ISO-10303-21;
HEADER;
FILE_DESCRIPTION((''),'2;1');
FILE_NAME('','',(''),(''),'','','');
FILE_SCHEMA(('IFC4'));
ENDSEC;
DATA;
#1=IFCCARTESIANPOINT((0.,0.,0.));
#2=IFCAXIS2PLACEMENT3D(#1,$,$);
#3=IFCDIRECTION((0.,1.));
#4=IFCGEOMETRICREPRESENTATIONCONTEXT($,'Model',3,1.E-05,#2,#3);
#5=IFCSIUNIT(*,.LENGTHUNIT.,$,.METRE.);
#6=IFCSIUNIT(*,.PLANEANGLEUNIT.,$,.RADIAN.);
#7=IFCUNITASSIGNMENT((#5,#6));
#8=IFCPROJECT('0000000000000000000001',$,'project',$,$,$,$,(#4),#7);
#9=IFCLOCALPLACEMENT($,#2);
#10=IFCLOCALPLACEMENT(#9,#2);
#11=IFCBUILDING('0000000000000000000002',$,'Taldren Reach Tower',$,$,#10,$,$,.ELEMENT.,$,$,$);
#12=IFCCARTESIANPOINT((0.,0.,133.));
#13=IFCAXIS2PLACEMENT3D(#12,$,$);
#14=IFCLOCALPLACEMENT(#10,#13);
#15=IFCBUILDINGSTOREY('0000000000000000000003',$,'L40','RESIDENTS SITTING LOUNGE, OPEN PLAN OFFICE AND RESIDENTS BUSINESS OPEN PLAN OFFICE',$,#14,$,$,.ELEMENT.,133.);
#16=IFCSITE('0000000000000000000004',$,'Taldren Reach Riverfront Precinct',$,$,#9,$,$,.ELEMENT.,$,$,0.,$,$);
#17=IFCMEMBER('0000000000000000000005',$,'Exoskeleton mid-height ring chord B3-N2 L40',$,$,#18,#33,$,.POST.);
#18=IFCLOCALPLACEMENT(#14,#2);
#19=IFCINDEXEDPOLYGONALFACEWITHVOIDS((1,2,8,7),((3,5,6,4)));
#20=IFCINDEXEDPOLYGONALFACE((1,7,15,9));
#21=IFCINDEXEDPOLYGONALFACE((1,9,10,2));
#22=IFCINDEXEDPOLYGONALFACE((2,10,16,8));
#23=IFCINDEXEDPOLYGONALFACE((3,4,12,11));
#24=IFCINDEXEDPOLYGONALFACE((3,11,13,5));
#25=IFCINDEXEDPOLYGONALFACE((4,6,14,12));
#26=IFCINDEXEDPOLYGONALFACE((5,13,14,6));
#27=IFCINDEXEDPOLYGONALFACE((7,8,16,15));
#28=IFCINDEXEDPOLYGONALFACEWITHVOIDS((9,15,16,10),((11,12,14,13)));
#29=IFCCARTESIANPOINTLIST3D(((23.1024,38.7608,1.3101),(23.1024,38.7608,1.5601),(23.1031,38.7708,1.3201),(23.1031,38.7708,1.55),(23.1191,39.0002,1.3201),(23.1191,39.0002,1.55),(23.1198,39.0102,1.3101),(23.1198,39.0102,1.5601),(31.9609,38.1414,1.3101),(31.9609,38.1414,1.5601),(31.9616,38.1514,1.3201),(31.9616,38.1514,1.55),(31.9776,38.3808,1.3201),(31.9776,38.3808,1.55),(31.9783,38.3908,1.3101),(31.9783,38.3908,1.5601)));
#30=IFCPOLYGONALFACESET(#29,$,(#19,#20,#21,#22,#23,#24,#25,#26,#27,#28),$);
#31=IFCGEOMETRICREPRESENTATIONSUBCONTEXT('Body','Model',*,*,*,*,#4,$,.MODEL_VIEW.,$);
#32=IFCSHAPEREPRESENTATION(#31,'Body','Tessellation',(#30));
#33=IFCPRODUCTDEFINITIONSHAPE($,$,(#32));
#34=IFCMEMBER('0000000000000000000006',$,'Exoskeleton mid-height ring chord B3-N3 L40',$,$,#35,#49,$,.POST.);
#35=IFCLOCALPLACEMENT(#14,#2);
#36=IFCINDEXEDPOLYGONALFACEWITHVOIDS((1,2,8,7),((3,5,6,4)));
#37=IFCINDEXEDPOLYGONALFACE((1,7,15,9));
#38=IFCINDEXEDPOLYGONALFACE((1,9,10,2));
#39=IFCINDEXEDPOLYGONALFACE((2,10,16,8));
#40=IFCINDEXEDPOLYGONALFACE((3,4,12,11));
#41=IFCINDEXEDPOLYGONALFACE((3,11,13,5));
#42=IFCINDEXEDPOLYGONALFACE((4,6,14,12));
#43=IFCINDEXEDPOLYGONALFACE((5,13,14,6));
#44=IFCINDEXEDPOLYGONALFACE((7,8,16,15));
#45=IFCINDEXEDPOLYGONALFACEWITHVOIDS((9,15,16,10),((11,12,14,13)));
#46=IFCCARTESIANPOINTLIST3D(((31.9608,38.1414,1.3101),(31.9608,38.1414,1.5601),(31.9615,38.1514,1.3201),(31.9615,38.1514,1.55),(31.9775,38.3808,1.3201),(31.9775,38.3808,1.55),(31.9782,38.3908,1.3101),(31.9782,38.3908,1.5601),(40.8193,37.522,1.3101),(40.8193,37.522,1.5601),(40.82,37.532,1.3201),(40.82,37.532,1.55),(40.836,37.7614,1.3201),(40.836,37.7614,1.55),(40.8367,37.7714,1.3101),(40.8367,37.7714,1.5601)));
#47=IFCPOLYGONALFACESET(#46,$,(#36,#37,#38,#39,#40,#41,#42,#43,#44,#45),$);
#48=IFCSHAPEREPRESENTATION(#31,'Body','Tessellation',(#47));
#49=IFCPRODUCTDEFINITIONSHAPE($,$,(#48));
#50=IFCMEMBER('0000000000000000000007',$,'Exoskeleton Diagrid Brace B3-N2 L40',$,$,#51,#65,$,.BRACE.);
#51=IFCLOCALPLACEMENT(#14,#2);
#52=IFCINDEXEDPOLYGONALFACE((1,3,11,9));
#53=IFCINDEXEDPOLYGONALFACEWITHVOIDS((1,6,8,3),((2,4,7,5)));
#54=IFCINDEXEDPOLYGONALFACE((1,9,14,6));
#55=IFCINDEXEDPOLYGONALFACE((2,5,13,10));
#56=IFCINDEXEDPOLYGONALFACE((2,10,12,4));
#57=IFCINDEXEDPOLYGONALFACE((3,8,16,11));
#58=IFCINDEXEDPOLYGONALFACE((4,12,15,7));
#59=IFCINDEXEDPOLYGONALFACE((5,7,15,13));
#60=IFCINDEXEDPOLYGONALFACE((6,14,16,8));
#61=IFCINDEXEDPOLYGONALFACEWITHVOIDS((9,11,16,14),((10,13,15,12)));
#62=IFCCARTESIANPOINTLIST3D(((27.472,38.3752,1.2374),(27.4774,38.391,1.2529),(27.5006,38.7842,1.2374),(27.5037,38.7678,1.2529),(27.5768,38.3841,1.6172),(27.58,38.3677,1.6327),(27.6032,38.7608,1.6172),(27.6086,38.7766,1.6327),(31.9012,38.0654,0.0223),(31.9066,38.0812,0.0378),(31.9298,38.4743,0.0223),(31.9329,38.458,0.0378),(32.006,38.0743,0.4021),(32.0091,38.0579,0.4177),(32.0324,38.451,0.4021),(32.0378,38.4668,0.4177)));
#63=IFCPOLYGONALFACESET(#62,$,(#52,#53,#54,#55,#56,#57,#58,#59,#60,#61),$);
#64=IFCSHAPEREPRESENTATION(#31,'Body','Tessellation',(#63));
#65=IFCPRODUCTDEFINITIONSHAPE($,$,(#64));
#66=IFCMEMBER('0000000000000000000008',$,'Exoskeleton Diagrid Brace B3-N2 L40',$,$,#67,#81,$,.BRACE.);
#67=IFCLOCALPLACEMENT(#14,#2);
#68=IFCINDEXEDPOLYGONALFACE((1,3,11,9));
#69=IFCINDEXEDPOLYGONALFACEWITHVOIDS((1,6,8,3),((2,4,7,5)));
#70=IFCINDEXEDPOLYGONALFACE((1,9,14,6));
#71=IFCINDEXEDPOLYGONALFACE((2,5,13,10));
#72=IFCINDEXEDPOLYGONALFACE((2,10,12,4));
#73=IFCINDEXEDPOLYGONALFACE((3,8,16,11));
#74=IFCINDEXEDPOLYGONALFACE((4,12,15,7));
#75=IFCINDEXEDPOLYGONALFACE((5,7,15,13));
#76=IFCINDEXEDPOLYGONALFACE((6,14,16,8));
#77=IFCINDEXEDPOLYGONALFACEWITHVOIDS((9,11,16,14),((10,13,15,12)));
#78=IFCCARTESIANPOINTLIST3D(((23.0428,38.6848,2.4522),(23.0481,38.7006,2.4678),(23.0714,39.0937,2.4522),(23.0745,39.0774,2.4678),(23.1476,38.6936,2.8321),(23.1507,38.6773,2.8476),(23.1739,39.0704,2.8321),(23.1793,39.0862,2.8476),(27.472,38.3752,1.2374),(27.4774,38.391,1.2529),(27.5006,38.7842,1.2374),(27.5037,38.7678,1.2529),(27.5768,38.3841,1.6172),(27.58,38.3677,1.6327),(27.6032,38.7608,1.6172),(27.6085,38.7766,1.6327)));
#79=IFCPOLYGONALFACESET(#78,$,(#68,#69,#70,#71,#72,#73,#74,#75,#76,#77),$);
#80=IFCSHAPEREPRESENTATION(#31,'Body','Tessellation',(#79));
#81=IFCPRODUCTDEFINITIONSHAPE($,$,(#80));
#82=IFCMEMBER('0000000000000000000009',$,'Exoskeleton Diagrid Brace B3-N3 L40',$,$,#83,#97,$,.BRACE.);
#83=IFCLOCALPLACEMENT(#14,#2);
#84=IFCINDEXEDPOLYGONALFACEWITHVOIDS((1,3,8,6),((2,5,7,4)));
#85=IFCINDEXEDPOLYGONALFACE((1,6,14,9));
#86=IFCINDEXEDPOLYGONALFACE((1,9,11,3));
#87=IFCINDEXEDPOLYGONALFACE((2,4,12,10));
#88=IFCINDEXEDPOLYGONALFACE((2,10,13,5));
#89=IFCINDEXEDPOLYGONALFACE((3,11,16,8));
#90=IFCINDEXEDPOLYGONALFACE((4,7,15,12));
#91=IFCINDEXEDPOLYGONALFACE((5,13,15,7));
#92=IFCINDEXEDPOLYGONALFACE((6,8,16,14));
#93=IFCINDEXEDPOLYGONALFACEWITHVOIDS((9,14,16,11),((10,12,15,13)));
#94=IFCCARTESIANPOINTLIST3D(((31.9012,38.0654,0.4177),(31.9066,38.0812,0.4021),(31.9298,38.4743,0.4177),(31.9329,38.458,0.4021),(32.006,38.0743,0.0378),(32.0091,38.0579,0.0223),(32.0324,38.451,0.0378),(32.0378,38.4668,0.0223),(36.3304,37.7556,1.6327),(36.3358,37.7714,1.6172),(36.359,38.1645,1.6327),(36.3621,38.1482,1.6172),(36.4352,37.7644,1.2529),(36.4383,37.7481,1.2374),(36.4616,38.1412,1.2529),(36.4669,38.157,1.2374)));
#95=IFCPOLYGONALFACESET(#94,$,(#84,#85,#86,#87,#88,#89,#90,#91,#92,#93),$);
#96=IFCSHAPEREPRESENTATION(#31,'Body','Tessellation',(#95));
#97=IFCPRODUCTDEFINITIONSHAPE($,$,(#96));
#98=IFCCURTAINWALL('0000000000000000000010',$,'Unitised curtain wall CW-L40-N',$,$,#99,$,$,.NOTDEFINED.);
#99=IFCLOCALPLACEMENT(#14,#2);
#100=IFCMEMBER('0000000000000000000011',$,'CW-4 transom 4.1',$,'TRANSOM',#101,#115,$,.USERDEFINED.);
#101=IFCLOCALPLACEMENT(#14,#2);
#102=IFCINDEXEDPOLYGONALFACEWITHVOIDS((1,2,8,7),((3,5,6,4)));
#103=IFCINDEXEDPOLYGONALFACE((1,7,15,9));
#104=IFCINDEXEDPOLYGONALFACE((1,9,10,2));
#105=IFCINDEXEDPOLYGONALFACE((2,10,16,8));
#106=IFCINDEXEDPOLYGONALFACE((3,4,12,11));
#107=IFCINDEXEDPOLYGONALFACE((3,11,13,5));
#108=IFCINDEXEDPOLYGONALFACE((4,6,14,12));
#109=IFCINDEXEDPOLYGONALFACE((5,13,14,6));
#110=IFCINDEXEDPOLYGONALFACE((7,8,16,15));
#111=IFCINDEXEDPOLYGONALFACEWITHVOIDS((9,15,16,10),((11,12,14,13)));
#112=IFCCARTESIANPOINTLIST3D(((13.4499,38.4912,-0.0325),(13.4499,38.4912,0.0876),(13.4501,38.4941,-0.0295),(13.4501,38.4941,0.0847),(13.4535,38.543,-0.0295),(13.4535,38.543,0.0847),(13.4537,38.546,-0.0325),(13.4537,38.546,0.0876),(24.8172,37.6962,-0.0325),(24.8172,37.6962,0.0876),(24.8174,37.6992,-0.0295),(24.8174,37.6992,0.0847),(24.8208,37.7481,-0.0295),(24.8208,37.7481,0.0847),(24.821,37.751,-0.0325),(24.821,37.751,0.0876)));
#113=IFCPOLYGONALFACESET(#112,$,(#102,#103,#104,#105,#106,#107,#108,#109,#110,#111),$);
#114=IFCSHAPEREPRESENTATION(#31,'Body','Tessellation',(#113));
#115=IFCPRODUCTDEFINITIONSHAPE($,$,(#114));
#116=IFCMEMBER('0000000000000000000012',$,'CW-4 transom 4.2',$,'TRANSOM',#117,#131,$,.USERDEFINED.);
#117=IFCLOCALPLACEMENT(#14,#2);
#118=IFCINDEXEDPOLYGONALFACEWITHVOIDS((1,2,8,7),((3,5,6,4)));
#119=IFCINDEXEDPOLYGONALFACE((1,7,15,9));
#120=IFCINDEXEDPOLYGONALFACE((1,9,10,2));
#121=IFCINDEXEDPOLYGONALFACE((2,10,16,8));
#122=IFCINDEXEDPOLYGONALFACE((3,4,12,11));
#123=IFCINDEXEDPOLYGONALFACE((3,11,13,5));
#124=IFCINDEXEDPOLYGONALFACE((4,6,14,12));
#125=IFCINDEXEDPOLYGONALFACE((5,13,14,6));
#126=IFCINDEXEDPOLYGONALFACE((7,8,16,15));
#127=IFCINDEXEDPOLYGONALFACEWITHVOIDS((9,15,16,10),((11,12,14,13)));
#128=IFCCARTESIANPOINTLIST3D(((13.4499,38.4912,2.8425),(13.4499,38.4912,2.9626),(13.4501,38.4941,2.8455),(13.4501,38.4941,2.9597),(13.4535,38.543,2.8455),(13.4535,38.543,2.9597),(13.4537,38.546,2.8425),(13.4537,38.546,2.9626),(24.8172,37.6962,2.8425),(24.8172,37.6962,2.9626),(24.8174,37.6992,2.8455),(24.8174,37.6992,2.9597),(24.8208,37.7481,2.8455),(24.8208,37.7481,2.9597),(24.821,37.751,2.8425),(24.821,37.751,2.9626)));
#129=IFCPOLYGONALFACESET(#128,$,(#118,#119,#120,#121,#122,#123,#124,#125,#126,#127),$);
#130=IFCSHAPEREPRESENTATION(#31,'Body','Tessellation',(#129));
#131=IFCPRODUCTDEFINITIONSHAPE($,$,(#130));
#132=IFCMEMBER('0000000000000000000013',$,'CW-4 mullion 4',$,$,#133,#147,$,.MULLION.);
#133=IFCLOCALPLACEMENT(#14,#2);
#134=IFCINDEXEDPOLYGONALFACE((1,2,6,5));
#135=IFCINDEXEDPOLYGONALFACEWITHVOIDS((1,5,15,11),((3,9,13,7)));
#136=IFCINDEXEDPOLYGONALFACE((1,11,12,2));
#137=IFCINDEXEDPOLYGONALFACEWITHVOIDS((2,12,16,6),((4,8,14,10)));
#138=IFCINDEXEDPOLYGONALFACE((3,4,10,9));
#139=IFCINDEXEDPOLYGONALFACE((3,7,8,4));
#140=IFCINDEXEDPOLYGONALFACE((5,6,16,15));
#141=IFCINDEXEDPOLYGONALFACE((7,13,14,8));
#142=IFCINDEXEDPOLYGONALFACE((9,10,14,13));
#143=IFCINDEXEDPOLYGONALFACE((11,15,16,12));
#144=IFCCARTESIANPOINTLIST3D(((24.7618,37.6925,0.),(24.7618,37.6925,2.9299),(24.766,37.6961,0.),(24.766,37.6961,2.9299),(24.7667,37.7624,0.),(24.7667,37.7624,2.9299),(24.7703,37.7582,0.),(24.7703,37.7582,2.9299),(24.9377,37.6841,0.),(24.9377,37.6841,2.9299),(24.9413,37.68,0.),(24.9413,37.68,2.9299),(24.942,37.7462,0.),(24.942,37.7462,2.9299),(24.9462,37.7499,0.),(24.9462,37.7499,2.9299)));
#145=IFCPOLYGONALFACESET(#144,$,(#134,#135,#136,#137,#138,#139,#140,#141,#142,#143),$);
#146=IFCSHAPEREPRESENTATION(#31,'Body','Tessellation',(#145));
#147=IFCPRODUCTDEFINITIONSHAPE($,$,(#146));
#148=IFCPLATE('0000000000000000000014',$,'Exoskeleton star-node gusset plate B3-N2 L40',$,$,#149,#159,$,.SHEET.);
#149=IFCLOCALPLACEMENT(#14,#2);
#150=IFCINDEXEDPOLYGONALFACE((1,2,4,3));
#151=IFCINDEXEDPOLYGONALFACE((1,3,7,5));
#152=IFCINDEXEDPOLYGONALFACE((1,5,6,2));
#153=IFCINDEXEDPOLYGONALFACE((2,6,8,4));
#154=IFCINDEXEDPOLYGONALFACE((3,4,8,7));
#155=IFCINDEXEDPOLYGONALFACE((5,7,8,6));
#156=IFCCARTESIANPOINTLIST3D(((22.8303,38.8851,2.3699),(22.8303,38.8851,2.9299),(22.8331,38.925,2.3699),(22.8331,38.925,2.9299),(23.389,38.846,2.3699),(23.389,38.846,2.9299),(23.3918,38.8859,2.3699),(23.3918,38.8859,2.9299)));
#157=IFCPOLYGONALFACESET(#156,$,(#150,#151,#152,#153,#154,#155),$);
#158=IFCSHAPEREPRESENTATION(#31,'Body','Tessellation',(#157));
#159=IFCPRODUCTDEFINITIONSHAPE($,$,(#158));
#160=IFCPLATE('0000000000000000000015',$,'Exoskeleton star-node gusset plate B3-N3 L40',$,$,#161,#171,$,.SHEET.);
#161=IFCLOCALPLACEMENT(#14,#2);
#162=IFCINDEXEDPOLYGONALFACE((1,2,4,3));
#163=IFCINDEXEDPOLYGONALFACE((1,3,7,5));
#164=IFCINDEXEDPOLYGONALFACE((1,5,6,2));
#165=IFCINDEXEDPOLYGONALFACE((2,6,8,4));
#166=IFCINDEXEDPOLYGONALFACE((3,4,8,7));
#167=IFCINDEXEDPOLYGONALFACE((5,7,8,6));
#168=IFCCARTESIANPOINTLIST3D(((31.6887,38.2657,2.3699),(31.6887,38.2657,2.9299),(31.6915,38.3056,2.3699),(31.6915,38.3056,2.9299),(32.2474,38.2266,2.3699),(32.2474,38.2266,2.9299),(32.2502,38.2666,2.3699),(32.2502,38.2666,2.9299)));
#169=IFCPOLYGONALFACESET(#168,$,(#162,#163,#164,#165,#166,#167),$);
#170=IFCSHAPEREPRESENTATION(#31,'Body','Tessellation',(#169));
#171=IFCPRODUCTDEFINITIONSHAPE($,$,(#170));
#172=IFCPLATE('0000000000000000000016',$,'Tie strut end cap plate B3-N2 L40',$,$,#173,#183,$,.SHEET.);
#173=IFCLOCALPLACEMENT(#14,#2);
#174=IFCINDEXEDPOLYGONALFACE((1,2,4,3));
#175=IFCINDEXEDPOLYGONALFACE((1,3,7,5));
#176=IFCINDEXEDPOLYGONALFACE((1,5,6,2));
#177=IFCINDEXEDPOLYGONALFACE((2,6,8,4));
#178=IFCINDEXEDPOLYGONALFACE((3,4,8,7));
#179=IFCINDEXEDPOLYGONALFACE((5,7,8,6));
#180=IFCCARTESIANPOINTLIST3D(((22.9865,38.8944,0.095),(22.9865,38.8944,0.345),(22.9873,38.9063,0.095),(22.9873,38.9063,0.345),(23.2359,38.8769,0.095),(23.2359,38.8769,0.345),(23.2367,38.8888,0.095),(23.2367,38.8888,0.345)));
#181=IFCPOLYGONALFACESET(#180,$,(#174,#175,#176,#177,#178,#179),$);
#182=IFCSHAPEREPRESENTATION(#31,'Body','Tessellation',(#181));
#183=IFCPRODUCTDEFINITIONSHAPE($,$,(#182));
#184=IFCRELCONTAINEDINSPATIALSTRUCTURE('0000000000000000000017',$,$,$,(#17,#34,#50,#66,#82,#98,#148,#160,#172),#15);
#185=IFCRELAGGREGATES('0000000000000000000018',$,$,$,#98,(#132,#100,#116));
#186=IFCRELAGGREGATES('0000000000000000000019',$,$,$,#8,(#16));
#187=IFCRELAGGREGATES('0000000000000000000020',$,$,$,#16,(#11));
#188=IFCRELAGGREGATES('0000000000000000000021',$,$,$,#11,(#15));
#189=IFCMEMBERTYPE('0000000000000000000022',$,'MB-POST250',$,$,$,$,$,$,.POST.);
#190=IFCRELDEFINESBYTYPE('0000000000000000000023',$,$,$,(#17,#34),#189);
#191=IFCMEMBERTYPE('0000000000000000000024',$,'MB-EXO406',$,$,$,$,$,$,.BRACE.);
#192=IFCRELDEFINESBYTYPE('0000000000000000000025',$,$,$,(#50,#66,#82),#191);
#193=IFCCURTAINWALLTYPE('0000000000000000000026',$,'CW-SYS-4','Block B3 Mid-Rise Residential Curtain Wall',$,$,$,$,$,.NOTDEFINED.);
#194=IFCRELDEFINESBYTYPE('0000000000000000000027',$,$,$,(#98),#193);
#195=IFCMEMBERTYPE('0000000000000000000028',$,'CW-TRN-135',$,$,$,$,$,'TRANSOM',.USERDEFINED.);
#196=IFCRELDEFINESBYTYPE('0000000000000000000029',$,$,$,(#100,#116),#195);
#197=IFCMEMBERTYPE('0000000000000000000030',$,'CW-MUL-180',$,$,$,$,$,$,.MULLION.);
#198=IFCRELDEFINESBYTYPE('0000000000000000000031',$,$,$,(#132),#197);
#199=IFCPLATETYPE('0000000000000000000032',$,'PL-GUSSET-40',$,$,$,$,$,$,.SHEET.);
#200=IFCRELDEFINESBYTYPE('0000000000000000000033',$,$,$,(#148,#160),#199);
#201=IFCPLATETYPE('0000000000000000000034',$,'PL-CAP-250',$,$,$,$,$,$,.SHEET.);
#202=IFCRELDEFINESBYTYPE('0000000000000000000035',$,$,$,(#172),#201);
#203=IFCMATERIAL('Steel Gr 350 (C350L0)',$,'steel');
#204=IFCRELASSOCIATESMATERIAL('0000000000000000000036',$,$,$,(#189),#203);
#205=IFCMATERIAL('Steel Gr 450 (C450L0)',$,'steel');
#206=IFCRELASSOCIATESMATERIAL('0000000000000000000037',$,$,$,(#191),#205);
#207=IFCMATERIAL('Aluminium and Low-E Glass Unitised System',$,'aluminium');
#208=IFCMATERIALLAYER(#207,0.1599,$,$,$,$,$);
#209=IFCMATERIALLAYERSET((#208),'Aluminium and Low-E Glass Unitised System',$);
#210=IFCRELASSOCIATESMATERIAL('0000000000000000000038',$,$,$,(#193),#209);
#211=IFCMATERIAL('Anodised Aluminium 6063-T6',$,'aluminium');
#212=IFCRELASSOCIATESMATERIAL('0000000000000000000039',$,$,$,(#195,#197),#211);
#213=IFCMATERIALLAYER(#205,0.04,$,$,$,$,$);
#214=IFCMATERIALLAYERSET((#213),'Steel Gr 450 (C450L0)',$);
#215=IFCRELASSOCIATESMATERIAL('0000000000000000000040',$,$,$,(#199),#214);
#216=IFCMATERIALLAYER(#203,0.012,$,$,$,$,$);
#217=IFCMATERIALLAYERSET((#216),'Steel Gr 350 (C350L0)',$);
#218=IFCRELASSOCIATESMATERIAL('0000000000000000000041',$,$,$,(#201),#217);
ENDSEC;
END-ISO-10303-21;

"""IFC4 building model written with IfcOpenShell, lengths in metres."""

from ifc_helpers import new_model, si_unit, direction, frame, origin, origin_2d, place, context, subcontext, project, spatial, rectangle, hollow_rectangle, extrude, source, transform, mapped, material, layer, layer_set, material_profile, profile_set, type_object, element, aggregate, save


model = new_model("IFC4")

# Units and contexts
model_context = context("Model", 3, precision=1e-05, world=origin(), true_north=direction((0.0, 1.0)))
body_context = subcontext(model_context, "Body", "Model", "MODEL_VIEW")
ifc_project = project(units=[si_unit("LENGTHUNIT", "METRE"), si_unit("PLANEANGLEUNIT", "RADIAN")], contexts=[model_context])

# Site, building, storey
site_placement = place(None, origin())
site = spatial("IfcSite", under=ifc_project, at=site_placement, Name="Taldren Reach Riverfront Precinct", CompositionType="ELEMENT", RefElevation=0.0)
building_placement = place(site_placement, origin())
building = spatial("IfcBuilding", under=site, at=building_placement, Name="Taldren Reach Tower", CompositionType="ELEMENT")
storey_placement = place(building_placement, frame((0.0, 0.0, 133.0)))
storey = spatial("IfcBuildingStorey", under=building, at=storey_placement, Name="L40", Description="RESIDENTS SITTING LOUNGE, OPEN PLAN OFFICE AND RESIDENTS BUSINESS OPEN PLAN OFFICE", CompositionType="ELEMENT", Elevation=133.0)

# Shared definitions
ifc_material_1 = material(Name="Steel Gr 450 (C450L0)", Category="steel")
ifc_material_2 = material(Name="Steel Gr 350 (C350L0)", Category="steel")
ifc_material_profile_1 = material_profile(ifc_material_2, hollow_rectangle(XDim=0.25, YDim=0.25, WallThickness=0.01, at=origin_2d()), Name="250x250x10.0SHS")
ifc_profile_set_1 = profile_set([ifc_material_profile_1], Name="Steel Gr 350 (C350L0)")
member_type_1 = type_object("IfcMemberType", Name="MB-POST250", PredefinedType="POST", material=ifc_profile_set_1)

# Members
shared_shape_1 = source(origin(), body_context, "Body", "SweptSolid", [
    extrude(hollow_rectangle(XDim=0.25, YDim=0.25, WallThickness=0.01, at=origin_2d()), origin(), (0.0, 0.0, 1.0), 8.8801),
])
for number, where, z_axis, x_axis, name in (
    (1, (23.1111, 38.8855, 1.4351), (0.997564, -0.06975, 0.0), (0.06975, 0.997564, 0.0), "Exoskeleton mid-height ring chord B3-N2 L40"),
    (2, (31.9695, 38.2661, 1.4351), (0.997564, -0.06975, 0.0), (0.06975, 0.997564, 0.0), "Exoskeleton mid-height ring chord B3-N3 L40"),
):
    element("IfcMember", number, at=place(storey_placement, frame(where, z_axis=z_axis, x_axis=x_axis)), inside=storey, type_object=member_type_1, Name=name, PredefinedType="POST", context=body_context, shape_type="MappedRepresentation", body=[
        mapped(shared_shape_1, transform((0.0, 0.0, 0.0), scale=1.0)),
    ])
ifc_material_profile_2 = material_profile(ifc_material_1, hollow_rectangle(XDim=0.4099, YDim=0.4099, WallThickness=0.0161, at=origin_2d()), Name="410x410x16.0SHS")
ifc_profile_set_2 = profile_set([ifc_material_profile_2], Name="Steel Gr 450 (C450L0)")
member_type_2 = type_object("IfcMemberType", Name="MB-EXO406", PredefinedType="BRACE", material=ifc_profile_set_2)
shared_shape_2 = source(origin(), body_context, "Body", "SweptSolid", [
    extrude(hollow_rectangle(XDim=0.4099, YDim=0.4099, WallThickness=0.0161, at=origin_2d()), origin(), (0.0, 0.0, 1.0), 4.6033),
])
for number, where, z_axis, x_axis, name in (
    (3, (31.9695, 38.2661, 0.22), (-0.962182, 0.067303, 0.263961), (-0.069778, -0.997563, 0.0), "Exoskeleton Diagrid Brace B3-N2 L40"),
    (4, (27.5403, 38.5759, 1.4351), (-0.962199, 0.067251, 0.263913), (-0.069723, -0.997566, 0.0), "Exoskeleton Diagrid Brace B3-N2 L40"),
    (5, (31.9695, 38.2661, 0.22), (0.962182, -0.067303, 0.263961), (0.069778, 0.997563, 0.0), "Exoskeleton Diagrid Brace B3-N3 L40"),
):
    element("IfcMember", number, at=place(storey_placement, frame(where, z_axis=z_axis, x_axis=x_axis)), inside=storey, type_object=member_type_2, Name=name, PredefinedType="BRACE", context=body_context, shape_type="MappedRepresentation", body=[
        mapped(shared_shape_2, transform((0.0, 0.0, 0.0), scale=1.0)),
    ])

# Curtain wall, members
ifc_material_3 = material(Name="Aluminium and Low-E Glass Unitised System", Category="aluminium")
ifc_layer_1 = layer(ifc_material_3, 0.1599)
ifc_layer_set_1 = layer_set([ifc_layer_1], Name="Aluminium and Low-E Glass Unitised System")
curtain_wall_type = type_object("IfcCurtainWallType", Name="CW-SYS-4", Description="Block B3 Mid-Rise Residential Curtain Wall", PredefinedType="NOTDEFINED", material=ifc_layer_set_1)
curtain_wall_placement = place(storey_placement, origin())
curtain_wall = element("IfcCurtainWall", 6, at=curtain_wall_placement, inside=storey, type_object=curtain_wall_type, Name="Unitised curtain wall CW-L40-N", PredefinedType="NOTDEFINED")
ifc_material_4 = material(Name="Anodised Aluminium 6063-T6", Category="aluminium")
ifc_material_profile_3 = material_profile(ifc_material_4, hollow_rectangle(XDim=0.0549, YDim=0.1201, WallThickness=0.0029, at=origin_2d()), Name="ALU-120x55x3RHS")
ifc_profile_set_3 = profile_set([ifc_material_profile_3], Name="Anodised Aluminium 6063-T6")
member_type_3 = type_object("IfcMemberType", Name="CW-TRN-135", ElementType="TRANSOM", PredefinedType="USERDEFINED", material=ifc_profile_set_3)
shared_shape_3 = source(origin(), body_context, "Body", "SweptSolid", [
    extrude(hollow_rectangle(XDim=0.0549, YDim=0.1201, WallThickness=0.0029, at=origin_2d()), origin(), (0.0, 0.0, 1.0), 11.395),
])
member_1_placement = place(storey_placement, frame((24.8191, 37.7236, 0.0276), z_axis=(-0.997564, 0.069761, 0.0), x_axis=(-0.069761, -0.997564, 0.0)))
member_1 = element("IfcMember", 7, at=member_1_placement, type_object=member_type_3, Name="CW-4 transom 4.1", ObjectType="TRANSOM", PredefinedType="USERDEFINED", context=body_context, shape_type="MappedRepresentation", body=[
    mapped(shared_shape_3, transform((0.0, 0.0, 0.0), scale=1.0)),
])
member_2_placement = place(storey_placement, frame((24.8191, 37.7236, 2.9026), z_axis=(-0.997564, 0.069761, 0.0), x_axis=(-0.069761, -0.997564, 0.0)))
member_2 = element("IfcMember", 8, at=member_2_placement, type_object=member_type_3, Name="CW-4 transom 4.2", ObjectType="TRANSOM", PredefinedType="USERDEFINED", context=body_context, shape_type="MappedRepresentation", body=[
    mapped(shared_shape_3, transform((0.0, 0.0, 0.0), scale=1.0)),
])
ifc_material_profile_4 = material_profile(ifc_material_4, hollow_rectangle(XDim=0.0701, YDim=0.1799, WallThickness=0.0039, at=origin_2d()), Name="ALU-180x70x4RHS")
ifc_profile_set_4 = profile_set([ifc_material_profile_4], Name="Anodised Aluminium 6063-T6")
member_type_4 = type_object("IfcMemberType", Name="CW-MUL-180", PredefinedType="MULLION", material=ifc_profile_set_4)
shared_shape_4 = source(origin(), body_context, "Body", "SweptSolid", [
    extrude(hollow_rectangle(XDim=0.0701, YDim=0.1799, WallThickness=0.0039, at=origin_2d()), origin(), (0.0, 0.0, 1.0), 2.9299),
])
member_3_placement = place(storey_placement, frame((24.854, 37.7212, 0.0), z_axis=(0.0, 0.0, 1.0), x_axis=(-0.069757, -0.997564, 0.0)))
member_3 = element("IfcMember", 9, at=member_3_placement, type_object=member_type_4, Name="CW-4 mullion 4", PredefinedType="MULLION", context=body_context, shape_type="MappedRepresentation", body=[
    mapped(shared_shape_4, transform((0.0, 0.0, 0.0), scale=1.0)),
])

# Plates
ifc_layer_2 = layer(ifc_material_1, 0.04)
ifc_layer_set_2 = layer_set([ifc_layer_2], Name="Steel Gr 450 (C450L0)")
plate_type_1 = type_object("IfcPlateType", Name="PL-GUSSET-40", PredefinedType="SHEET", material=ifc_layer_set_2)
shared_shape_5 = source(origin(), body_context, "Body", "SweptSolid", [
    extrude(rectangle(XDim=0.5601, YDim=0.04, at=origin_2d()), origin(), (0.0, 0.0, 1.0), 0.5601),
])
for number, where, z_axis, x_axis, name in (
    (10, (23.1111, 38.8855, 2.3699), (0.0, 0.0, 1.0), (0.997564, -0.069756, 0.0), "Exoskeleton star-node gusset plate B3-N2 L40"),
    (11, (31.9695, 38.2661, 2.3699), (0.0, 0.0, 1.0), (0.997564, -0.069756, 0.0), "Exoskeleton star-node gusset plate B3-N3 L40"),
):
    element("IfcPlate", number, at=place(storey_placement, frame(where, z_axis=z_axis, x_axis=x_axis)), inside=storey, type_object=plate_type_1, Name=name, PredefinedType="SHEET", context=body_context, shape_type="MappedRepresentation", body=[
        mapped(shared_shape_5, transform((0.0, 0.0, 0.0), scale=1.0)),
    ])
ifc_layer_3 = layer(ifc_material_2, 0.012)
ifc_layer_set_3 = layer_set([ifc_layer_3], Name="Steel Gr 350 (C350L0)")
plate_type_2 = type_object("IfcPlateType", Name="PL-CAP-250", PredefinedType="SHEET", material=ifc_layer_set_3)
shared_shape_6 = source(origin(), body_context, "Body", "SweptSolid", [
    extrude(rectangle(XDim=0.25, YDim=0.012, at=origin_2d()), origin(), (0.0, 0.0, 1.0), 0.25),
])
plate_1_placement = place(storey_placement, frame((23.1116, 38.8916, 0.095), z_axis=(0.0, 0.0, 1.0), x_axis=(0.997564, -0.069756, 0.0)))
element("IfcPlate", 12, at=plate_1_placement, inside=storey, type_object=plate_type_2, Name="Tie strut end cap plate B3-N2 L40", PredefinedType="SHEET", context=body_context, shape_type="MappedRepresentation", body=[
    mapped(shared_shape_6, transform((0.0, 0.0, 0.0), scale=1.0)),
])

aggregate(curtain_wall, [member_3, member_1, member_2])

save(model, "model.ifc")
